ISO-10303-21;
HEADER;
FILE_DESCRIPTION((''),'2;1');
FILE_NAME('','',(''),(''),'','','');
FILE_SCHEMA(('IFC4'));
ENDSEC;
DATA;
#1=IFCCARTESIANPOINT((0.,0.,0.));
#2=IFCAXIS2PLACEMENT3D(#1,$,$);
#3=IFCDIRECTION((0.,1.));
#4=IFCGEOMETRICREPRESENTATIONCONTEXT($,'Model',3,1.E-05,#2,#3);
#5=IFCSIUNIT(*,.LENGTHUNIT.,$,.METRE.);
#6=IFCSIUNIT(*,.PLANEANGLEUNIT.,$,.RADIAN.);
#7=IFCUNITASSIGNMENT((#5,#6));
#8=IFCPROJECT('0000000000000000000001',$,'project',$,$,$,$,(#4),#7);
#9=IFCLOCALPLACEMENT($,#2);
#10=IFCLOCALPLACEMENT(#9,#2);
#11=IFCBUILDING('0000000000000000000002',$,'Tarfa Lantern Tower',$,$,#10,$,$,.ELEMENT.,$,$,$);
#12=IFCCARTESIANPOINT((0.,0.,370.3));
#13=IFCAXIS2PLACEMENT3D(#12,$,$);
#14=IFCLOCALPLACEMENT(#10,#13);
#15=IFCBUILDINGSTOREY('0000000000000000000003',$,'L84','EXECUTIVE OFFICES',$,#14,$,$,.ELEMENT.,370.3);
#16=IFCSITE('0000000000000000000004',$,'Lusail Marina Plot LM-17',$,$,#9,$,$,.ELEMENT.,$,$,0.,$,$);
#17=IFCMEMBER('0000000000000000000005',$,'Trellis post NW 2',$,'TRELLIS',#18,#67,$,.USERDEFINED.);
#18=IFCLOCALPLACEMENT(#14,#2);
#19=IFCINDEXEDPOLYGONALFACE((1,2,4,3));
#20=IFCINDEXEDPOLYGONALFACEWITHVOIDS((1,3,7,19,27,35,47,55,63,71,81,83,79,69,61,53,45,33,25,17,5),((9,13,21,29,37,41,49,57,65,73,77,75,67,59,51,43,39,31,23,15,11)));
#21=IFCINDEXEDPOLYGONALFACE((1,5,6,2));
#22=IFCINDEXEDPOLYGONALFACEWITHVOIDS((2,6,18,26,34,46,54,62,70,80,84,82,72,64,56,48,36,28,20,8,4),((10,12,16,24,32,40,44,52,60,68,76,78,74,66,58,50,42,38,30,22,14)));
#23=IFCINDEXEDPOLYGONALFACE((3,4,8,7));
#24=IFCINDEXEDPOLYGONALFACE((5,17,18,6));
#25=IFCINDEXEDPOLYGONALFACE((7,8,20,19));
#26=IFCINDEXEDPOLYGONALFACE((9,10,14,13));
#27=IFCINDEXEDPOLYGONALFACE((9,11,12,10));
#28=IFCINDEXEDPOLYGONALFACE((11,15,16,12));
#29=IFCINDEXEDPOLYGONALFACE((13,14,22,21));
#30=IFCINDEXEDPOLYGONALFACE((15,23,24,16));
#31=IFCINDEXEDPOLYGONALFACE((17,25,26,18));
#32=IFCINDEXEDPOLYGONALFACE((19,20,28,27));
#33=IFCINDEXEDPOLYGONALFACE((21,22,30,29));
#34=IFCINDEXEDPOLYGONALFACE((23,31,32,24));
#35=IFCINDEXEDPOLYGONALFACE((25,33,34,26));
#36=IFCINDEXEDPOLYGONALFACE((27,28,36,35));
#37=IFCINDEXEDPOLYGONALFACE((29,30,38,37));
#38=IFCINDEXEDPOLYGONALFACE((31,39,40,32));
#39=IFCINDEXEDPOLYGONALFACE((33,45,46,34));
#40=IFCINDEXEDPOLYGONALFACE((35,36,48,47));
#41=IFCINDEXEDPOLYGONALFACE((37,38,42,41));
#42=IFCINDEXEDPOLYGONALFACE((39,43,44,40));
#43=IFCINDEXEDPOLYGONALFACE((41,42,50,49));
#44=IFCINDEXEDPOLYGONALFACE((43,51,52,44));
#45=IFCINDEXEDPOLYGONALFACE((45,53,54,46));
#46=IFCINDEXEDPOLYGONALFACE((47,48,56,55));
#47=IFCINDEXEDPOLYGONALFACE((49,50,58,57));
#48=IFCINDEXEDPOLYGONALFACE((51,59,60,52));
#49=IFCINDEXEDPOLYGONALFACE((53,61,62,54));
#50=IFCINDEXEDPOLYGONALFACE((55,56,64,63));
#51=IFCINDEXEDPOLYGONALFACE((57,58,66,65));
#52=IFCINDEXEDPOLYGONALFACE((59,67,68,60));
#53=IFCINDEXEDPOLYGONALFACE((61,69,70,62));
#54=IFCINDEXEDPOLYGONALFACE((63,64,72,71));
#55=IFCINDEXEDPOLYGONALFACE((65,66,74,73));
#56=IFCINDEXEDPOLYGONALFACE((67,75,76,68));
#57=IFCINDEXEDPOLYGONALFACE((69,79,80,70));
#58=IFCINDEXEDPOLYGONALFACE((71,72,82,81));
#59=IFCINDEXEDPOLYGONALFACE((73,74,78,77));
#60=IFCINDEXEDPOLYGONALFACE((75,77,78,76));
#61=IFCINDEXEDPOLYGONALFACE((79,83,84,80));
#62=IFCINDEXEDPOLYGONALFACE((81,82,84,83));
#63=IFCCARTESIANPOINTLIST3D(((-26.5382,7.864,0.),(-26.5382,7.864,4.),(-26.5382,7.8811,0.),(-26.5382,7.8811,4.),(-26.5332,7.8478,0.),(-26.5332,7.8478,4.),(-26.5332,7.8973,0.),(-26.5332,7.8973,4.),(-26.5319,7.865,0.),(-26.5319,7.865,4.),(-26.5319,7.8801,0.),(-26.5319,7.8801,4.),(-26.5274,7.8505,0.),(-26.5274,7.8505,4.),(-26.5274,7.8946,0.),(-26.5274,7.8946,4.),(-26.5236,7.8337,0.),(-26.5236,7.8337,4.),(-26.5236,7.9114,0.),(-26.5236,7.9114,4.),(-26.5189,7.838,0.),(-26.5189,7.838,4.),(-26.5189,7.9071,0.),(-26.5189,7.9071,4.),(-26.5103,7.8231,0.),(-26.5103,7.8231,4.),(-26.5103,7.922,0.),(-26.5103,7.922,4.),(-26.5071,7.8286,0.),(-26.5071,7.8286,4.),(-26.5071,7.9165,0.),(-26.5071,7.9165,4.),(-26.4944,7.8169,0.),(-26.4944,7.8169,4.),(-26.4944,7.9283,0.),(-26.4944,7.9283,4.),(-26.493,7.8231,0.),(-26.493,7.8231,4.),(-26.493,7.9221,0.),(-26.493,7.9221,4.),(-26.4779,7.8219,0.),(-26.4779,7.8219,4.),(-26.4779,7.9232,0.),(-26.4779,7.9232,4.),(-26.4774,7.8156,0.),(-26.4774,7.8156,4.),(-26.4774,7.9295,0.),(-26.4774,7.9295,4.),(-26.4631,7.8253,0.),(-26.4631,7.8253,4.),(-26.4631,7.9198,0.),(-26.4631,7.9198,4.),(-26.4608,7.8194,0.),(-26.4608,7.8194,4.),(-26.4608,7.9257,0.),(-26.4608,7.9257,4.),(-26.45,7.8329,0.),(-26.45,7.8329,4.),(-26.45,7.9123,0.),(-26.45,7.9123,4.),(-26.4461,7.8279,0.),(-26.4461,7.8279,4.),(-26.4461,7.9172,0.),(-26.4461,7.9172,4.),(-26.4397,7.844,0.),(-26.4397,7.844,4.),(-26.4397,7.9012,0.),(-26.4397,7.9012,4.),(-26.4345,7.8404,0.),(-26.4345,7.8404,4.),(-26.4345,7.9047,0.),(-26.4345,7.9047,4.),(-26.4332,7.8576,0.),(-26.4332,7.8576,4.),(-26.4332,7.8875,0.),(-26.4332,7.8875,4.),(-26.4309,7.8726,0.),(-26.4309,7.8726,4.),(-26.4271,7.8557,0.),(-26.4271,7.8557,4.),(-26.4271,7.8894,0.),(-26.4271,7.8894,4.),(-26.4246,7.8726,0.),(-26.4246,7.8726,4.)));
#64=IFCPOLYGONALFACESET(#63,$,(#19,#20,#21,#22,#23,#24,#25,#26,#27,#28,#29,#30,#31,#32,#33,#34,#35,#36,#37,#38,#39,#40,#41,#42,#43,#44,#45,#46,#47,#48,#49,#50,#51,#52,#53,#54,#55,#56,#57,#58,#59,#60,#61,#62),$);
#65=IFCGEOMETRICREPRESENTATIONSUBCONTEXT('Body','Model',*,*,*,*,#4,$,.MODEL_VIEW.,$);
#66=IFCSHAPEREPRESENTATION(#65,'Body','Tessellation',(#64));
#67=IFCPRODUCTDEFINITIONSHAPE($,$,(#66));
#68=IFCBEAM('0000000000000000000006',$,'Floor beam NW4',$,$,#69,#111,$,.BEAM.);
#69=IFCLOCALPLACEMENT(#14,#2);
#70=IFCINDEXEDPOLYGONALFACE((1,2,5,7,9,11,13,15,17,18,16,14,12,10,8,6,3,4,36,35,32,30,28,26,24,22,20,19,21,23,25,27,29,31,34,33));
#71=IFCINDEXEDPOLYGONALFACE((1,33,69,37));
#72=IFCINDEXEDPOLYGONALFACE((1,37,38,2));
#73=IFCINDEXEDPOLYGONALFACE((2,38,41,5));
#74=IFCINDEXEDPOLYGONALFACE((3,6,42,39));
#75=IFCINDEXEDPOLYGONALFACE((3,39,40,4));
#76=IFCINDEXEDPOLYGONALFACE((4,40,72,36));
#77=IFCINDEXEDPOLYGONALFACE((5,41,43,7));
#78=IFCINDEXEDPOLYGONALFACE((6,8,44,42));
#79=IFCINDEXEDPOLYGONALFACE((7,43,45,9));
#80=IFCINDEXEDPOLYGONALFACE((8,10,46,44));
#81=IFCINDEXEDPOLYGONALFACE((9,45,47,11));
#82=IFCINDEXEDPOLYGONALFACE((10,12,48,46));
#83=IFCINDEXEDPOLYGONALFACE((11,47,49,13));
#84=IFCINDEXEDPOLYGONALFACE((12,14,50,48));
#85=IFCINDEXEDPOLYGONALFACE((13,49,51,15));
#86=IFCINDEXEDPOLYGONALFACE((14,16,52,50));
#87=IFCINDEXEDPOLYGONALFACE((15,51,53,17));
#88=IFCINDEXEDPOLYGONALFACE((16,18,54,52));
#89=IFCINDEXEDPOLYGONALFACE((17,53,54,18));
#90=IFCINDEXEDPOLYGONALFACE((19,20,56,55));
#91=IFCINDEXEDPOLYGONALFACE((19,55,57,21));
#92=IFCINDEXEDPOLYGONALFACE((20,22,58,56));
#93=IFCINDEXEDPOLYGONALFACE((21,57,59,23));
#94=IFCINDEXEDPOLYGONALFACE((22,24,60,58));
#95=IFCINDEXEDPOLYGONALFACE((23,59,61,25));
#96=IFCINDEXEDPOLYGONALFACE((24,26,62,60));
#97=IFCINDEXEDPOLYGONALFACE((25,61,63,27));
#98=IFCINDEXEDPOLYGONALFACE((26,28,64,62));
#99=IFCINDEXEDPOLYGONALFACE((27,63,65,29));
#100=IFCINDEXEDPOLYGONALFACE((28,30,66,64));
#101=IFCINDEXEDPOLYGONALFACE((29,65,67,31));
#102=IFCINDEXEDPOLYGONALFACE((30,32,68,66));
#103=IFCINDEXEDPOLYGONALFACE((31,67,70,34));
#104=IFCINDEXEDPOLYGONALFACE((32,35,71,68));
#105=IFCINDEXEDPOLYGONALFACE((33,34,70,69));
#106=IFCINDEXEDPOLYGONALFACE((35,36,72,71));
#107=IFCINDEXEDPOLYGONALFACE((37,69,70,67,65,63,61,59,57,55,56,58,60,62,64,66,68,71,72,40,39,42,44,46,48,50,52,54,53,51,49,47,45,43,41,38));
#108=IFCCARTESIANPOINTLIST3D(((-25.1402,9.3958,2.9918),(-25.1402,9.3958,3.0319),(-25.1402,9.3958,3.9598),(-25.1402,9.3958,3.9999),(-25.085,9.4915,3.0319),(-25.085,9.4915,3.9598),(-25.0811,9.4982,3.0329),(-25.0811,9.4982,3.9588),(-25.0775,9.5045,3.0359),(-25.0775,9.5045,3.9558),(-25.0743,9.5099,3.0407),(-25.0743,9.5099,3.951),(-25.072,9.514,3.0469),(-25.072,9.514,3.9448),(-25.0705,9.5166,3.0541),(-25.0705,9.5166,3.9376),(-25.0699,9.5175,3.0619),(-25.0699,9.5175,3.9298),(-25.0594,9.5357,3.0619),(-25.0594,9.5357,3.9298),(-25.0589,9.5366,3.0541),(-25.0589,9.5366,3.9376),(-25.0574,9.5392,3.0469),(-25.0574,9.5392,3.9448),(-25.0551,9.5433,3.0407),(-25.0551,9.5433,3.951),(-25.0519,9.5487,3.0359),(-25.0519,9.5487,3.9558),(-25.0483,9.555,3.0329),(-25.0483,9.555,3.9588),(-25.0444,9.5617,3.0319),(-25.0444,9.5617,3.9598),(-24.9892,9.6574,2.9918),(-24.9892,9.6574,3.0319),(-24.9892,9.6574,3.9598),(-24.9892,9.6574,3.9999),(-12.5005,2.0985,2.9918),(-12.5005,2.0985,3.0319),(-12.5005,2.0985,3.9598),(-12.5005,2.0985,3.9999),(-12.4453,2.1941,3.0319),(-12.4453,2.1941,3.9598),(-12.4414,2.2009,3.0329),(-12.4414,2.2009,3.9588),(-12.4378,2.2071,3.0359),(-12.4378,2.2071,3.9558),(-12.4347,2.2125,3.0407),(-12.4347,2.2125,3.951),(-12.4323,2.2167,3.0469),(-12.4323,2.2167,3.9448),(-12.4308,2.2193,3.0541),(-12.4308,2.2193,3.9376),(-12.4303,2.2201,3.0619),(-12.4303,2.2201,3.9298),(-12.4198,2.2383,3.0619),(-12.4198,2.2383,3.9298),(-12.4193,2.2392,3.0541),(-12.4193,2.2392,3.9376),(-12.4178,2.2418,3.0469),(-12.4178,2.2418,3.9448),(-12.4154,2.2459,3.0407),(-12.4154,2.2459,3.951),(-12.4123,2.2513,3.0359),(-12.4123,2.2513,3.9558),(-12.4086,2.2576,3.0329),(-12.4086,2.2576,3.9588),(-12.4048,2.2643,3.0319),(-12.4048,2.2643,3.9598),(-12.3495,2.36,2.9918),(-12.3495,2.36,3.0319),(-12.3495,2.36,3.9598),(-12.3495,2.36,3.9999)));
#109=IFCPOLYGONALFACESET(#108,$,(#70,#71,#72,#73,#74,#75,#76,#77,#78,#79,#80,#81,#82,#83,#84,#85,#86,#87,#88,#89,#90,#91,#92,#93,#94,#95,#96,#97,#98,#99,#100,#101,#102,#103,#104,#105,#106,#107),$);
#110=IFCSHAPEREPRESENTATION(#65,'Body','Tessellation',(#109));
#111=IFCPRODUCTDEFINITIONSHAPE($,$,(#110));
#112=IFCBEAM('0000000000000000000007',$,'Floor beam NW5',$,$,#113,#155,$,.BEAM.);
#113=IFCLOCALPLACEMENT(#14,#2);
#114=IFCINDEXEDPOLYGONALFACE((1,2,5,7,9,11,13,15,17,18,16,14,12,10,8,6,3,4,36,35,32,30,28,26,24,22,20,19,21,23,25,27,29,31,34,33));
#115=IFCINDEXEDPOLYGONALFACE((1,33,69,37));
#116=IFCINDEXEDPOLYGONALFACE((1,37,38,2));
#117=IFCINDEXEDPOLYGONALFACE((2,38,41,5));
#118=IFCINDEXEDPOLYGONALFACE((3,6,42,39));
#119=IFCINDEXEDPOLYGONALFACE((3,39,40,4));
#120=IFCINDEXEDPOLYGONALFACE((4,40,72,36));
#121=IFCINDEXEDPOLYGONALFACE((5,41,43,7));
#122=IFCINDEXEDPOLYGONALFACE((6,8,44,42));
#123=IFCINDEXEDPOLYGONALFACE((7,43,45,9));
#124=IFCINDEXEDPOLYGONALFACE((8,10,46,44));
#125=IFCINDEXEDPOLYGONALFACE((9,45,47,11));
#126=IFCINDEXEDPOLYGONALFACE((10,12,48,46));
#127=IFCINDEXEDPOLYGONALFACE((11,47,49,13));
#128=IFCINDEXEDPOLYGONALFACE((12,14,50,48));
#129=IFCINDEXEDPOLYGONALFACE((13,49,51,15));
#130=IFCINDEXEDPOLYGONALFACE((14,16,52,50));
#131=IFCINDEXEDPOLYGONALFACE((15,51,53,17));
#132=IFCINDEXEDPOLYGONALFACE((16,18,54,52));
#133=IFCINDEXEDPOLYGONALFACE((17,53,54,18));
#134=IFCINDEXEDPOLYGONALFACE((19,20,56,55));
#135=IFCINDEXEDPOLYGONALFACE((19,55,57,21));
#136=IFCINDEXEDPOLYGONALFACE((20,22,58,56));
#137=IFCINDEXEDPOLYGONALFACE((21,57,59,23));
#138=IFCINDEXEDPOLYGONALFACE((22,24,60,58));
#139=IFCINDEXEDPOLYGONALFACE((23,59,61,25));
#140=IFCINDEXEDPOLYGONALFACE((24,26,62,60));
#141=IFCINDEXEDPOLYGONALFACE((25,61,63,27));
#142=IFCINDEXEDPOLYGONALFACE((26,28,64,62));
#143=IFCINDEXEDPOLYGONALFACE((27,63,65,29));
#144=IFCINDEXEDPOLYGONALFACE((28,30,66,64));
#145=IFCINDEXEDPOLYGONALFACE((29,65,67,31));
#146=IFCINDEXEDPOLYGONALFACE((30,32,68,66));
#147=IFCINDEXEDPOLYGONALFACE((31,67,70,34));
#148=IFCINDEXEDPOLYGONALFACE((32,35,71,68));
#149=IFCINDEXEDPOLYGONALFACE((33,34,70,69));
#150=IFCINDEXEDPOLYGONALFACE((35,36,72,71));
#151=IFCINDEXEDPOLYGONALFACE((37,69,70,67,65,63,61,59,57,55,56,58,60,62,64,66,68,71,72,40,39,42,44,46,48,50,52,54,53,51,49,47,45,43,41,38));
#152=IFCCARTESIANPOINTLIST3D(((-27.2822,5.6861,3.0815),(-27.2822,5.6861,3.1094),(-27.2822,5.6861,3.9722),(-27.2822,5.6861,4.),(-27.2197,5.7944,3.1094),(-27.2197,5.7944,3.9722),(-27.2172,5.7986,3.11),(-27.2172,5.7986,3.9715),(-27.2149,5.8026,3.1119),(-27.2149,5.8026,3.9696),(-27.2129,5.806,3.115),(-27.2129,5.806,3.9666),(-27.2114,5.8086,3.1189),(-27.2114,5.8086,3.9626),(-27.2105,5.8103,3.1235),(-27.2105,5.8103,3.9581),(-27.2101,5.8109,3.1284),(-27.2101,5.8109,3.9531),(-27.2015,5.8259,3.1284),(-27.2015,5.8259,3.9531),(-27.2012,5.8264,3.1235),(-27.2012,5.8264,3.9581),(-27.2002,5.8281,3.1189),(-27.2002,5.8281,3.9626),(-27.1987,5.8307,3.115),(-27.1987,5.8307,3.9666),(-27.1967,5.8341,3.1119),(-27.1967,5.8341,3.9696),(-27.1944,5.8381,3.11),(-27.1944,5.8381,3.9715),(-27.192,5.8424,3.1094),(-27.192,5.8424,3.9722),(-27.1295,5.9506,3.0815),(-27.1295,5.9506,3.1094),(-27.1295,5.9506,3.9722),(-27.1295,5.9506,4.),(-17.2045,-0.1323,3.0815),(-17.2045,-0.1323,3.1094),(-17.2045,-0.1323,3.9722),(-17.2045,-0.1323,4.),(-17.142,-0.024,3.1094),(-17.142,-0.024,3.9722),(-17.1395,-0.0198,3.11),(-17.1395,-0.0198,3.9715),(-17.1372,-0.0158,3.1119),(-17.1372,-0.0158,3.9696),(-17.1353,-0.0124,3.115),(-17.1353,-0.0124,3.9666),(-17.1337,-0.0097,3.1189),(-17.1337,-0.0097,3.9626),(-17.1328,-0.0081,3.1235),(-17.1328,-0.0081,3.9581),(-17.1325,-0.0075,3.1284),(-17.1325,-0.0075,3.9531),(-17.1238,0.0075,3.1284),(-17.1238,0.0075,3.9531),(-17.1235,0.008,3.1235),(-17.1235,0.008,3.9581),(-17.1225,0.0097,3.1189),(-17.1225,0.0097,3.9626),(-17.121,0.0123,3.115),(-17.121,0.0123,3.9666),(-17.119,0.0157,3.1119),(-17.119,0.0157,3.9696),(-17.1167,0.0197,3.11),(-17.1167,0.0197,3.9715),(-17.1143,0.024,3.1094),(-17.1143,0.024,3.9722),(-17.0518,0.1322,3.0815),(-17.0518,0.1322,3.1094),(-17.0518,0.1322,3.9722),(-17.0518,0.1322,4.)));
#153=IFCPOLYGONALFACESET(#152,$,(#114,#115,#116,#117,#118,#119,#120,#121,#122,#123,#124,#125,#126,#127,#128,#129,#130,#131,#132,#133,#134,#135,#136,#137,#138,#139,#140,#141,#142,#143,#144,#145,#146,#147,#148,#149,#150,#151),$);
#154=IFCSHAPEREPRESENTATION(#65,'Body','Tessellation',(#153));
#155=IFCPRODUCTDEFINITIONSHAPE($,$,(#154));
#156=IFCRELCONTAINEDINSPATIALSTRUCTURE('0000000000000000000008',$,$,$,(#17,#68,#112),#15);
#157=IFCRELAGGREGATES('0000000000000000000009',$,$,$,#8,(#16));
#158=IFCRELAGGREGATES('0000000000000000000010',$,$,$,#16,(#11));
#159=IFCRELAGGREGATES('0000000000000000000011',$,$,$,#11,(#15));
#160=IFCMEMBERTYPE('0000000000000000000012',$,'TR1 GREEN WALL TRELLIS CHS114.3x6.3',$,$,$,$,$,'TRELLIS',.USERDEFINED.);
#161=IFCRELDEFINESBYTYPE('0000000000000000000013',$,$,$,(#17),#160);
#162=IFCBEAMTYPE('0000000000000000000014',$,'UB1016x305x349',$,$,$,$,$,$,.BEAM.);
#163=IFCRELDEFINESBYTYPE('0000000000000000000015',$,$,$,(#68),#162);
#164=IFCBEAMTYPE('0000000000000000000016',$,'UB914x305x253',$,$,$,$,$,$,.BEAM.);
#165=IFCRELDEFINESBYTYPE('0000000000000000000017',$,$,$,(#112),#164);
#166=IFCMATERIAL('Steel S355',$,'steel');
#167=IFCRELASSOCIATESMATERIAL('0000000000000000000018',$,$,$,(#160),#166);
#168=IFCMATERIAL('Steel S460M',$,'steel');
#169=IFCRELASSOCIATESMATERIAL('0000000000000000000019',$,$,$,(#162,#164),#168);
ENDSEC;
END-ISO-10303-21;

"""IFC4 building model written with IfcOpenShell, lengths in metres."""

from ifc_helpers import new_model, si_unit, direction, frame, origin, origin_2d, place, context, subcontext, project, spatial, hollow_circle, i_section, extrude, material, material_profile, profile_set, type_object, element, save


model = new_model("IFC4")

# Units and contexts
model_context = context("Model", 3, precision=1e-05, world=origin(), true_north=direction((0.0, 1.0)))
body_context = subcontext(model_context, "Body", "Model", "MODEL_VIEW")
ifc_project = project(units=[si_unit("LENGTHUNIT", "METRE"), si_unit("PLANEANGLEUNIT", "RADIAN")], contexts=[model_context])

# Site, building, storey
site_placement = place(None, origin())
site = spatial("IfcSite", under=ifc_project, at=site_placement, Name="Lusail Marina Plot LM-17", CompositionType="ELEMENT", RefElevation=0.0)
building_placement = place(site_placement, origin())
building = spatial("IfcBuilding", under=site, at=building_placement, Name="Tarfa Lantern Tower", CompositionType="ELEMENT")
storey_placement = place(building_placement, frame((0.0, 0.0, 370.3)))
storey = spatial("IfcBuildingStorey", under=building, at=storey_placement, Name="L84", Description="EXECUTIVE OFFICES", CompositionType="ELEMENT", Elevation=370.3)

# Member
ifc_material_1 = material(Name="Steel S355", Category="steel")
ifc_material_profile_1 = material_profile(ifc_material_1, hollow_circle(Radius=0.0571, WallThickness=0.0063, at=origin_2d()), Name="CHS114.3x6.3")
ifc_profile_set_1 = profile_set([ifc_material_profile_1], Name="Steel S355")
member_type_1 = type_object("IfcMemberType", Name="TR1 GREEN WALL TRELLIS CHS114.3x6.3", ElementType="TRELLIS", PredefinedType="USERDEFINED", material=ifc_profile_set_1)
member_1_placement = place(storey_placement, frame((-26.4817, 7.8726, 0.0), z_axis=(0.0, 0.0, 1.0), x_axis=(1.0, 0.0, 0.0)))
element("IfcMember", 1, at=member_1_placement, inside=storey, type_object=member_type_1, Name="Trellis post NW 2", ObjectType="TRELLIS", PredefinedType="USERDEFINED", context=body_context, shape_type="SweptSolid", body=[
    extrude(hollow_circle(Radius=0.0571, WallThickness=0.0063, at=origin_2d()), origin(), (0.0, 0.0, 1.0), 4.0),
])

# Beams
ifc_material_2 = material(Name="Steel S460M", Category="steel")
ifc_material_profile_2 = material_profile(ifc_material_2, i_section(OverallWidth=0.302, OverallDepth=1.0081, WebThickness=0.021, FlangeThickness=0.04, FilletRadius=0.03, at=origin_2d()), Name="UB1016x305x349")
ifc_profile_set_2 = profile_set([ifc_material_profile_2], Name="Steel S460M")
beam_type_1 = type_object("IfcBeamType", Name="UB1016x305x349", PredefinedType="BEAM", material=ifc_profile_set_2)
beam_1_placement = place(storey_placement, frame((-25.0647, 9.5266, 3.4958), z_axis=(0.86603, -0.499993, 0.0), x_axis=(0.499993, 0.86603, 0.0)))
element("IfcBeam", 2, at=beam_1_placement, inside=storey, type_object=beam_type_1, Name="Floor beam NW4", PredefinedType="BEAM", context=body_context, shape_type="SweptSolid", body=[
    extrude(i_section(OverallWidth=0.302, OverallDepth=1.0081, WebThickness=0.021, FlangeThickness=0.04, FilletRadius=0.03, at=origin_2d()), origin(), (0.0, 0.0, 1.0), 14.595),
])
ifc_material_profile_3 = material_profile(ifc_material_2, i_section(OverallWidth=0.3054, OverallDepth=0.9185, WebThickness=0.0173, FlangeThickness=0.0278, FilletRadius=0.019, at=origin_2d()), Name="UB914x305x253")
ifc_profile_set_3 = profile_set([ifc_material_profile_3], Name="Steel S460M")
beam_type_2 = type_object("IfcBeamType", Name="UB914x305x253", PredefinedType="BEAM", material=ifc_profile_set_3)
beam_2_placement = place(storey_placement, frame((-27.2058, 5.8184, 3.5408), z_axis=(0.866024, -0.500002, 0.0), x_axis=(0.500002, 0.866024, 0.0)))
element("IfcBeam", 3, at=beam_2_placement, inside=storey, type_object=beam_type_2, Name="Floor beam NW5", PredefinedType="BEAM", context=body_context, shape_type="SweptSolid", body=[
    extrude(i_section(OverallWidth=0.3054, OverallDepth=0.9185, WebThickness=0.0173, FlangeThickness=0.0278, FilletRadius=0.019, at=origin_2d()), origin(), (0.0, 0.0, 1.0), 11.6367),
])

save(model, "model.ifc")
